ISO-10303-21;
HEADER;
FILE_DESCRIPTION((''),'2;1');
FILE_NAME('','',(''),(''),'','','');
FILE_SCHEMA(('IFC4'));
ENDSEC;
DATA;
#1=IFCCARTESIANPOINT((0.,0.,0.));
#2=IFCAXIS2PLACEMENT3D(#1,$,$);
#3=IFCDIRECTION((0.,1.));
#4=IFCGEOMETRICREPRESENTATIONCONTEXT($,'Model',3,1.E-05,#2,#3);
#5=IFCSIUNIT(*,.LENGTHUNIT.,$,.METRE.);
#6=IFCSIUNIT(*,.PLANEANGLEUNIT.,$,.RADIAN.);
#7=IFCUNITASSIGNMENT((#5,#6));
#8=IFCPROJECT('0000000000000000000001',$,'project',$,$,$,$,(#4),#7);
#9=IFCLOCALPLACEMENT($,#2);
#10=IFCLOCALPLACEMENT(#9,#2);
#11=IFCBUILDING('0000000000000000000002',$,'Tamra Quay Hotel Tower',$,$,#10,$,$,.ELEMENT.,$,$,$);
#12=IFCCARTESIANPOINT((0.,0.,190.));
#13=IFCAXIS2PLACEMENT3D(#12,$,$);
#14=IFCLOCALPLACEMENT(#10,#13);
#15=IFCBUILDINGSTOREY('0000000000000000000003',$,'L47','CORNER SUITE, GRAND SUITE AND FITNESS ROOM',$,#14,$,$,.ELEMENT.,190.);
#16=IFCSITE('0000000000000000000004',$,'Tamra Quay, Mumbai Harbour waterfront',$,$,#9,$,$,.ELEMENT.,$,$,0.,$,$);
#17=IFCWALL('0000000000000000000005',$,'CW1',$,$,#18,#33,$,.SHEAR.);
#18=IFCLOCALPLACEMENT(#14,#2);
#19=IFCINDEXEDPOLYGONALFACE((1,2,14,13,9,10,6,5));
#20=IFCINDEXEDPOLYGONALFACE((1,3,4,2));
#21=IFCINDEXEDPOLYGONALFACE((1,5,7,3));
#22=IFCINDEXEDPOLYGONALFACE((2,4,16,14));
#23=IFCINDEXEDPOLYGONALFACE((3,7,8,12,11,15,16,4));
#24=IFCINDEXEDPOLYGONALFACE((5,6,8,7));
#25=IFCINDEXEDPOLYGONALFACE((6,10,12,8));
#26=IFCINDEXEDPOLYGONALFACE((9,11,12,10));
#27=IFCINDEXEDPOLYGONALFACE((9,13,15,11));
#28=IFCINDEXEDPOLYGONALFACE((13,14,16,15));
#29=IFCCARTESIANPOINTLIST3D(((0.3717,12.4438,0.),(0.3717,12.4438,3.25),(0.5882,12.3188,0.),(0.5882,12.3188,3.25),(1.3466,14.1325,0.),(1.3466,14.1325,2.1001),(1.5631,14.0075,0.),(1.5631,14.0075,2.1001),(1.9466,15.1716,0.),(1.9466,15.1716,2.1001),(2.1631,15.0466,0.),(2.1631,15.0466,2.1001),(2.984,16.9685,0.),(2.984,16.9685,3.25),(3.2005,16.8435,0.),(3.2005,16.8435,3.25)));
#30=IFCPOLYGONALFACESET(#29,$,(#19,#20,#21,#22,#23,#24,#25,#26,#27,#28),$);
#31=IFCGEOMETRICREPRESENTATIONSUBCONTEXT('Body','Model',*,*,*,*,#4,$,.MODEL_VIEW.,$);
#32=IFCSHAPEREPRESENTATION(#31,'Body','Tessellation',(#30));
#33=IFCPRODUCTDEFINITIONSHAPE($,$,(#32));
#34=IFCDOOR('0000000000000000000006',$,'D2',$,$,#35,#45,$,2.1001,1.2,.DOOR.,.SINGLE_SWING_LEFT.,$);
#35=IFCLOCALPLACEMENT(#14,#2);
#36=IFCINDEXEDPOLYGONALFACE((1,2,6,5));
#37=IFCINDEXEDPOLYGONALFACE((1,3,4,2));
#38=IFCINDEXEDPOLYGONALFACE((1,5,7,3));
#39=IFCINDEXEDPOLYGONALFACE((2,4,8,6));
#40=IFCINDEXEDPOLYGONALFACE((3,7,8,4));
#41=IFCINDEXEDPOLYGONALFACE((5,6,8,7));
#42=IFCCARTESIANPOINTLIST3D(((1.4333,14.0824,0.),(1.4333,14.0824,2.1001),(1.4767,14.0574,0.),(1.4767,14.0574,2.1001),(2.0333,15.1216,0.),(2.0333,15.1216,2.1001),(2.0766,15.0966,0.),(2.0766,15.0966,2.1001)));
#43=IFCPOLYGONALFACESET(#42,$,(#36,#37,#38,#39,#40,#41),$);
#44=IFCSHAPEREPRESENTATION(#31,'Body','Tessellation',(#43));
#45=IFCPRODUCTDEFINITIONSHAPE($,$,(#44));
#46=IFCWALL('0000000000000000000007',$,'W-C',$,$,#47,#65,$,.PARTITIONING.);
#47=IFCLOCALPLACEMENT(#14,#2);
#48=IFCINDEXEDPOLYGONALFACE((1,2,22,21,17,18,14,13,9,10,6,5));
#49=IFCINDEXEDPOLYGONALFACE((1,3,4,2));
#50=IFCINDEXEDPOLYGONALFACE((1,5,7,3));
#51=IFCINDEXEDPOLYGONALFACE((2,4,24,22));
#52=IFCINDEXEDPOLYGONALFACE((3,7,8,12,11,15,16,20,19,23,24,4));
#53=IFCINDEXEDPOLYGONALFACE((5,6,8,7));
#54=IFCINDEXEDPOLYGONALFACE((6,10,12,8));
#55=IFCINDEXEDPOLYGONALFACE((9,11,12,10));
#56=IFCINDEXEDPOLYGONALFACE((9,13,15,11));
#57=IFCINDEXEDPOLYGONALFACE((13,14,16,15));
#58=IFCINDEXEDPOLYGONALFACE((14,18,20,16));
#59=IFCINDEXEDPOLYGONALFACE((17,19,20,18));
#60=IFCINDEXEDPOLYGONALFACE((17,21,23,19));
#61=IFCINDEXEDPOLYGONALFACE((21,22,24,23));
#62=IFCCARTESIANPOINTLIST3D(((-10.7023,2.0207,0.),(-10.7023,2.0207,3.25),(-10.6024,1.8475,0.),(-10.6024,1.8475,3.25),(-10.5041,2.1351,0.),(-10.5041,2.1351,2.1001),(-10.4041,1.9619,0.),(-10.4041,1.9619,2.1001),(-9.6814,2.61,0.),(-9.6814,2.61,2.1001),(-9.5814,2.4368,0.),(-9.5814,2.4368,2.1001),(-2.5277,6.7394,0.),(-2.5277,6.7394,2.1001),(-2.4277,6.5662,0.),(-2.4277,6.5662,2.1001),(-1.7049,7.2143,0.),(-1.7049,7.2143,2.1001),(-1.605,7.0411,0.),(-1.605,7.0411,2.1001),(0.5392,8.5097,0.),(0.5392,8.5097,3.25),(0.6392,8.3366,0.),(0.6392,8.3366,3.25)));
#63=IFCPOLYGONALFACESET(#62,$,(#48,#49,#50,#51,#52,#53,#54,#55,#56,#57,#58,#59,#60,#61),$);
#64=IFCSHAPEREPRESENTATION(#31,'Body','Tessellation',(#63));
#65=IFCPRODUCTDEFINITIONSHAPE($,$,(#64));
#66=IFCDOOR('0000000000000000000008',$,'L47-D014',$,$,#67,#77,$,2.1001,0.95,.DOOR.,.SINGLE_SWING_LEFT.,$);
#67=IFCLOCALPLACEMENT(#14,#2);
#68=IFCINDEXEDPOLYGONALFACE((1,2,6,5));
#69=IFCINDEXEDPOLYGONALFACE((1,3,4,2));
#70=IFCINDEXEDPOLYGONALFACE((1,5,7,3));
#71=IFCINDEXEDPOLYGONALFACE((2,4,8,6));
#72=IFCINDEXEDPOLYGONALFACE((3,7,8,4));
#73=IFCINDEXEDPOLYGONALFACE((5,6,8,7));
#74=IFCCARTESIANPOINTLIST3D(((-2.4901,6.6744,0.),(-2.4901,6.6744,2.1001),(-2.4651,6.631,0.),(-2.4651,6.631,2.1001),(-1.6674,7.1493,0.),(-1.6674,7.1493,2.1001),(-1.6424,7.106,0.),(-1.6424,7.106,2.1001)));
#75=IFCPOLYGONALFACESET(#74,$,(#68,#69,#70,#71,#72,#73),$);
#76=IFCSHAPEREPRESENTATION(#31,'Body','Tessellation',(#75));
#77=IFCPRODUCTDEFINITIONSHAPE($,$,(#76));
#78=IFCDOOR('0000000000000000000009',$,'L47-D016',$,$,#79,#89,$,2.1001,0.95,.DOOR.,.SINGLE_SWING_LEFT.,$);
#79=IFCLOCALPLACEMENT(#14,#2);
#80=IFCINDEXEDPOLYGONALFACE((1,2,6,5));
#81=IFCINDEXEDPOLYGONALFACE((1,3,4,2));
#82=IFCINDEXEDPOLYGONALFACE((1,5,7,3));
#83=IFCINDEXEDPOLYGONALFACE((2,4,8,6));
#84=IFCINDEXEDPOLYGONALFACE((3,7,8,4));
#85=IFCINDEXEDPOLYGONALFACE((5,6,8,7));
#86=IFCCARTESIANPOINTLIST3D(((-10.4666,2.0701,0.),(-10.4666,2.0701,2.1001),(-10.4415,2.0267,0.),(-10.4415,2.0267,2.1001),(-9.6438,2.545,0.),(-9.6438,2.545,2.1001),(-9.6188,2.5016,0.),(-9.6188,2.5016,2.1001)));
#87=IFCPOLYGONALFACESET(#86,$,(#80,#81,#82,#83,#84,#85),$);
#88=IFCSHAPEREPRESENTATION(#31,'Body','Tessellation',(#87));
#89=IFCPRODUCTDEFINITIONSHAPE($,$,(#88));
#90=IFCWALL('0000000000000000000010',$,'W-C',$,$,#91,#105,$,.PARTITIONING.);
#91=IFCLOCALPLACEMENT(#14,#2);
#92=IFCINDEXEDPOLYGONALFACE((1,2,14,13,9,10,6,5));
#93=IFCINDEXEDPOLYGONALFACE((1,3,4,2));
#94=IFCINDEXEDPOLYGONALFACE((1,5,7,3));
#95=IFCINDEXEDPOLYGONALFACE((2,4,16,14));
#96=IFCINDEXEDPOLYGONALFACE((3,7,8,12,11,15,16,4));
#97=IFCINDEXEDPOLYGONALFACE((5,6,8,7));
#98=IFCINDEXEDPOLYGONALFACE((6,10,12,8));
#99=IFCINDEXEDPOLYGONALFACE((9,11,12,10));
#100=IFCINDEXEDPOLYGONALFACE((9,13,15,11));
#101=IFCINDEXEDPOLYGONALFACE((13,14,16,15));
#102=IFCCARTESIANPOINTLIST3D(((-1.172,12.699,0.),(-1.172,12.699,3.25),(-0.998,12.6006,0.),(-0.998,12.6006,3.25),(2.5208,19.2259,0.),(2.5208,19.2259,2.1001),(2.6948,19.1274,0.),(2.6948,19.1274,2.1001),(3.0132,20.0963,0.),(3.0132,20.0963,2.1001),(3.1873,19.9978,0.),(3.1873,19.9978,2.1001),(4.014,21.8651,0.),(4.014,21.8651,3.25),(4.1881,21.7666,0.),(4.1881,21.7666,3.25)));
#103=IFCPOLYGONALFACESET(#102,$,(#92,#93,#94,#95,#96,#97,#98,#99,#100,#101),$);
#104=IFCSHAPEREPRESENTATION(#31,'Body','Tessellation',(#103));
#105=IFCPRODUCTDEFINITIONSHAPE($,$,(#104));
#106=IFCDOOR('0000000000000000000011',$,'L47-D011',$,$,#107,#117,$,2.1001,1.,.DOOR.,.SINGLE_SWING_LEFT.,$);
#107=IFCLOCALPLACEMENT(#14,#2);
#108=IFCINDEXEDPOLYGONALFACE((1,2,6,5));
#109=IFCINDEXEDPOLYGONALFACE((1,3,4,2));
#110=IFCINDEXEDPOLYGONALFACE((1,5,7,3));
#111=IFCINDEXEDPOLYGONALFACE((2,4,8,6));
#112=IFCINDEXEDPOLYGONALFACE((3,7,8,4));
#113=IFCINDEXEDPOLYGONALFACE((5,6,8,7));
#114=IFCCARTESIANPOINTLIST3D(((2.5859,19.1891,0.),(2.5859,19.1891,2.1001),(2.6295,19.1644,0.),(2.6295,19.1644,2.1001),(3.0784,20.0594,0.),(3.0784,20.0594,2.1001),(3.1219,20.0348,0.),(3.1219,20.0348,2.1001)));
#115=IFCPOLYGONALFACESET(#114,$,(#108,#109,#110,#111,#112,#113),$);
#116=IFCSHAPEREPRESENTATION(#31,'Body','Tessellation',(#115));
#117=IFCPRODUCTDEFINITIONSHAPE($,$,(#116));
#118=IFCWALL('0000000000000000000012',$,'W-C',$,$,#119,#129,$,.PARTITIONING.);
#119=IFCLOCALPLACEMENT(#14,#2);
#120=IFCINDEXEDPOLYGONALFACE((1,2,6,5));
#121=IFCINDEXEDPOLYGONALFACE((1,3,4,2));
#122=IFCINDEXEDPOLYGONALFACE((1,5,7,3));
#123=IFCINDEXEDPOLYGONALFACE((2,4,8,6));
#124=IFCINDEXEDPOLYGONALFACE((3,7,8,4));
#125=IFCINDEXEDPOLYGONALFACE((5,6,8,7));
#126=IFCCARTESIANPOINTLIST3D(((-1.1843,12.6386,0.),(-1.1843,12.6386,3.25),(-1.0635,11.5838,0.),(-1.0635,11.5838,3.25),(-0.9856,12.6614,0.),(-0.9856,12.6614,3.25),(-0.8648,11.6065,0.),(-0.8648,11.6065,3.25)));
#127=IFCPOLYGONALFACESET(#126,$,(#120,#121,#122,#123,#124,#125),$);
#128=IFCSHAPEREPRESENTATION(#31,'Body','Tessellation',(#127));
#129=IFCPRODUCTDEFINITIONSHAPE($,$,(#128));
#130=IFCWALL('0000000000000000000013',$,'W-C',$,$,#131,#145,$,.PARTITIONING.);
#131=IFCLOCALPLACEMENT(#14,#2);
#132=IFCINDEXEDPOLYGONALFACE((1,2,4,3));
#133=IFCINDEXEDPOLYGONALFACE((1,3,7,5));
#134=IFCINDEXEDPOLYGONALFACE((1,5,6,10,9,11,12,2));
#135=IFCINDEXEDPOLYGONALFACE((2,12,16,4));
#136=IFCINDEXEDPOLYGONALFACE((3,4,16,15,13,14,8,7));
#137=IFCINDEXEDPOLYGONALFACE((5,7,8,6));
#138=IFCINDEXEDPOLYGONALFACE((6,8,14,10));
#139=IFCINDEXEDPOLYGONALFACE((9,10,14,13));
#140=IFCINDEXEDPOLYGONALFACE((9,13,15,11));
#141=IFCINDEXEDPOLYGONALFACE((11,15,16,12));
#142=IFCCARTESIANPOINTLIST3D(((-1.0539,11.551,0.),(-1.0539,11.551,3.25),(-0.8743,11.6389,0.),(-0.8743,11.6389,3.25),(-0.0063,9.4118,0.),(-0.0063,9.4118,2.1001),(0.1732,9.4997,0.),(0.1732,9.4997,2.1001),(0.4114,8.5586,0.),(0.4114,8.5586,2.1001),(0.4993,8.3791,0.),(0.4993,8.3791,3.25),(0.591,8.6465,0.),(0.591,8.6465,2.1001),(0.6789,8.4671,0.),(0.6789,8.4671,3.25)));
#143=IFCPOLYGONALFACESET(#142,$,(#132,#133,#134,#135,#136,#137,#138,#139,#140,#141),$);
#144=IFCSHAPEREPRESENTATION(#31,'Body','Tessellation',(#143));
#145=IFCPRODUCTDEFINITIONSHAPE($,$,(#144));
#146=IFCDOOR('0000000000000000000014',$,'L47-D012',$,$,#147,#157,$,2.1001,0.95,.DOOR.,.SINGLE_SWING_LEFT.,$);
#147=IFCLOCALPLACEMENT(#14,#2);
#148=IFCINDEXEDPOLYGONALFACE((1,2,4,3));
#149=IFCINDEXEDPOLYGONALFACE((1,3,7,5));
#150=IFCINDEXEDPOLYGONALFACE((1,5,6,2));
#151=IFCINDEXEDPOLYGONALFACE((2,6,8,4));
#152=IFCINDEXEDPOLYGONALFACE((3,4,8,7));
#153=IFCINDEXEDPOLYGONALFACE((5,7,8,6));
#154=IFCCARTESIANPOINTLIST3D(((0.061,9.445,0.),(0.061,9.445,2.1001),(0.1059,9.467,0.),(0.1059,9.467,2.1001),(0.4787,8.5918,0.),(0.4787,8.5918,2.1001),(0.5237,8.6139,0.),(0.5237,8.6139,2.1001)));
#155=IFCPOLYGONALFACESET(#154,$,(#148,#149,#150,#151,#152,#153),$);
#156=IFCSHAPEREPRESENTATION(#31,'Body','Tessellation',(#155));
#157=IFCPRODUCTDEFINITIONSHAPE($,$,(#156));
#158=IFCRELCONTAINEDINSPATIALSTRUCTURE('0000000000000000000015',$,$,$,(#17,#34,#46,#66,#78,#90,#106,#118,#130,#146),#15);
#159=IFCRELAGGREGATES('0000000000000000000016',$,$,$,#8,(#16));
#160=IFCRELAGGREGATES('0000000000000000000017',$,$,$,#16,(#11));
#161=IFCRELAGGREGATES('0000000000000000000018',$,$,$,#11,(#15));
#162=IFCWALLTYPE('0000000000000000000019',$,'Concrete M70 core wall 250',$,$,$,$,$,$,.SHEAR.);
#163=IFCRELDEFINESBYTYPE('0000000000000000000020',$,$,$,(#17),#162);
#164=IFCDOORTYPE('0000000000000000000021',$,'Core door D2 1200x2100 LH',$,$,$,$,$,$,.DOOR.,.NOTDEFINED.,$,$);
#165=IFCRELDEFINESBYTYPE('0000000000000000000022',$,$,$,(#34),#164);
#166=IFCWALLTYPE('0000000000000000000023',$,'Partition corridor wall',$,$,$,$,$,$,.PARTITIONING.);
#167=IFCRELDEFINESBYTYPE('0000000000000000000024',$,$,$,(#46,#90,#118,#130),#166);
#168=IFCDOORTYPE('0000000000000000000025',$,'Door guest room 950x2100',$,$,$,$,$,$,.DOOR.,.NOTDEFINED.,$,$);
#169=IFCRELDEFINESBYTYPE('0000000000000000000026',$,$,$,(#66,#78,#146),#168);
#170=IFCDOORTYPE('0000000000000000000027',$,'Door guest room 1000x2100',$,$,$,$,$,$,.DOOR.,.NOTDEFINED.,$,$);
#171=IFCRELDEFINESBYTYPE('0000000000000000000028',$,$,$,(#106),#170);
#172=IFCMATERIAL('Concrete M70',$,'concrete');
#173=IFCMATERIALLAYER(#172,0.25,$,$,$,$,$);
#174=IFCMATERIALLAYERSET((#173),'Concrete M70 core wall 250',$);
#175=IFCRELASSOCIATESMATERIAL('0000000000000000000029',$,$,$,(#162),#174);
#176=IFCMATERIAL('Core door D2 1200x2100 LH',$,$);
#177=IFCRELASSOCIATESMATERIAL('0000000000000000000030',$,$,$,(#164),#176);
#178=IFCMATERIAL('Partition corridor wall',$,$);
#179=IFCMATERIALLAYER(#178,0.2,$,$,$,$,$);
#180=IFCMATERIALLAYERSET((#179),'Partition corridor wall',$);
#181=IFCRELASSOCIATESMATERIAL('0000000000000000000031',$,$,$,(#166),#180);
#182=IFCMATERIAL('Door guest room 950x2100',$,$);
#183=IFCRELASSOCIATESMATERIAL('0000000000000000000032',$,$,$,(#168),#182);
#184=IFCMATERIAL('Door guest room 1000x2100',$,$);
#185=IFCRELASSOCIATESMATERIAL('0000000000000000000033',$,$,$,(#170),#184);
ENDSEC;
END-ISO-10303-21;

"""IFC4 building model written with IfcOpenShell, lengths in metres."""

from ifc_helpers import new_model, si_unit, direction, frame, frame_2d, origin, place, context, subcontext, project, spatial, rectangle, extrude, material, layer, layer_set, type_object, element, fill, save


model = new_model("IFC4")

# Units and contexts
model_context = context("Model", 3, precision=1e-05, world=origin(), true_north=direction((0.0, 1.0)))
body_context = subcontext(model_context, "Body", "Model", "MODEL_VIEW")
ifc_project = project(units=[si_unit("LENGTHUNIT", "METRE"), si_unit("PLANEANGLEUNIT", "RADIAN")], contexts=[model_context])

# Site, building, storey
site_placement = place(None, origin())
site = spatial("IfcSite", under=ifc_project, at=site_placement, Name="Tamra Quay, Mumbai Harbour waterfront", CompositionType="ELEMENT", RefElevation=0.0)
building_placement = place(site_placement, origin())
building = spatial("IfcBuilding", under=site, at=building_placement, Name="Tamra Quay Hotel Tower", CompositionType="ELEMENT")
storey_placement = place(building_placement, frame((0.0, 0.0, 190.0)))
storey = spatial("IfcBuildingStorey", under=building, at=storey_placement, Name="L47", Description="CORNER SUITE, GRAND SUITE AND FITNESS ROOM", CompositionType="ELEMENT", Elevation=190.0)

# Shared definitions
ifc_material_1 = material(Name="Concrete M70", Category="concrete")

# Shared definitions
ifc_layer_1 = layer(ifc_material_1, 0.25)
ifc_layer_set_1 = layer_set([ifc_layer_1], Name="Concrete M70 core wall 250")
wall_type_1 = type_object("IfcWallType", Name="Concrete M70 core wall 250", PredefinedType="SHEAR", material=ifc_layer_set_1)

# Wall, opening, door
wall_1_placement = place(storey_placement, frame((0.48, 12.3813, 0.0), z_axis=(0.0, 0.0, 1.0), x_axis=(0.499999, 0.866026, 0.0)))
wall_1 = element("IfcWall", 1, at=wall_1_placement, inside=storey, type_object=wall_type_1, Name="CW1", PredefinedType="SHEAR", context=body_context, shape_type="SweptSolid", body=[
    extrude(rectangle(XDim=5.2246, YDim=0.25, at=frame_2d((2.6123, 0.0))), origin(), (0.0, 0.0, 1.0), 3.25),
])
opening_1_placement = place(wall_1_placement, frame((1.9497, 0.0, 0.0)))
opening_1 = element("IfcOpeningElement", 2, at=opening_1_placement, cuts=wall_1, PredefinedType="OPENING", context=body_context, shape_type="SweptSolid", body=[
    extrude(rectangle(XDim=1.2, YDim=2.1001, at=frame_2d((0.6001, 1.05))), frame((0.0, 0.135, 0.0), z_axis=(0.0, -1.0, 0.0), x_axis=(1.0, 0.0, 0.0)), (0.0, 0.0, 1.0), 0.27),
])
ifc_material_2 = material(Name="Core door D2 1200x2100 LH")
door_type_1 = type_object("IfcDoorType", Name="Core door D2 1200x2100 LH", OperationType="NOTDEFINED", PredefinedType="DOOR", material=ifc_material_2)
door_1_placement = place(opening_1_placement, origin())
door_1 = element("IfcDoor", 3, at=door_1_placement, inside=storey, type_object=door_type_1, Name="D2", OperationType="SINGLE_SWING_LEFT", OverallHeight=2.1001, OverallWidth=1.2, PredefinedType="DOOR", context=body_context, shape_type="SweptSolid", body=[
    extrude(rectangle(XDim=1.2, YDim=2.1001, at=frame_2d((0.6001, 1.05))), frame((0.0, 0.0249, 0.0), z_axis=(0.0, -1.0, 0.0), x_axis=(1.0, 0.0, 0.0)), (0.0, 0.0, 1.0), 0.05),
])
fill(opening_1, door_1)

# Wall, openings, doors
ifc_material_3 = material(Name="Partition corridor wall")
ifc_layer_2 = layer(ifc_material_3, 0.2)
ifc_layer_set_2 = layer_set([ifc_layer_2], Name="Partition corridor wall")
wall_type_2 = type_object("IfcWallType", Name="Partition corridor wall", PredefinedType="PARTITIONING", material=ifc_layer_set_2)
wall_2_placement = place(storey_placement, frame((-10.6523, 1.9341, 0.0), z_axis=(0.0, 0.0, 1.0), x_axis=(0.866067, 0.499928, 0.0)))
wall_2 = element("IfcWall", 4, at=wall_2_placement, inside=storey, type_object=wall_type_2, Name="W-C", PredefinedType="PARTITIONING", context=body_context, shape_type="SweptSolid", body=[
    extrude(rectangle(XDim=12.98, YDim=0.2, at=frame_2d((6.49, 0.0))), origin(), (0.0, 0.0, 1.0), 3.25),
])
opening_2_placement = place(wall_2_placement, frame((9.4387, 0.0, 0.0)))
opening_2 = element("IfcOpeningElement", 5, at=opening_2_placement, cuts=wall_2, PredefinedType="OPENING", context=body_context, shape_type="SweptSolid", body=[
    extrude(rectangle(XDim=0.95, YDim=2.1001, at=frame_2d((0.4751, 1.05))), frame((0.0, 0.1099, 0.0), z_axis=(0.0, -1.0, 0.0), x_axis=(1.0, 0.0, 0.0)), (0.0, 0.0, 1.0), 0.22),
])
opening_3_placement = place(wall_2_placement, frame((0.2288, 0.0, 0.0)))
opening_3 = element("IfcOpeningElement", 6, at=opening_3_placement, cuts=wall_2, PredefinedType="OPENING", context=body_context, shape_type="SweptSolid", body=[
    extrude(rectangle(XDim=0.95, YDim=2.1001, at=frame_2d((0.4751, 1.05))), frame((0.0, 0.1099, 0.0), z_axis=(0.0, -1.0, 0.0), x_axis=(1.0, 0.0, 0.0)), (0.0, 0.0, 1.0), 0.22),
])
ifc_material_4 = material(Name="Door guest room 950x2100")
door_type_2 = type_object("IfcDoorType", Name="Door guest room 950x2100", OperationType="NOTDEFINED", PredefinedType="DOOR", material=ifc_material_4)
door_2_placement = place(opening_2_placement, origin())
door_2 = element("IfcDoor", 7, at=door_2_placement, inside=storey, type_object=door_type_2, Name="L47-D014", OperationType="SINGLE_SWING_LEFT", OverallHeight=2.1001, OverallWidth=0.95, PredefinedType="DOOR", context=body_context, shape_type="SweptSolid", body=[
    extrude(rectangle(XDim=0.95, YDim=2.1001, at=frame_2d((0.4751, 1.05))), frame((0.0, 0.0249, 0.0), z_axis=(0.0, -1.0, 0.0), x_axis=(1.0, 0.0, 0.0)), (0.0, 0.0, 1.0), 0.05),
])
fill(opening_2, door_2)
door_3_placement = place(opening_3_placement, origin())
door_3 = element("IfcDoor", 8, at=door_3_placement, inside=storey, type_object=door_type_2, Name="L47-D016", OperationType="SINGLE_SWING_LEFT", OverallHeight=2.1001, OverallWidth=0.95, PredefinedType="DOOR", context=body_context, shape_type="SweptSolid", body=[
    extrude(rectangle(XDim=0.95, YDim=2.1001, at=frame_2d((0.4751, 1.05))), frame((0.0, 0.0249, 0.0), z_axis=(0.0, -1.0, 0.0), x_axis=(1.0, 0.0, 0.0)), (0.0, 0.0, 1.0), 0.05),
])
fill(opening_3, door_3)

# Wall, opening, door
wall_3_placement = place(storey_placement, frame((-1.085, 12.6499, 0.0), z_axis=(0.0, 0.0, 1.0), x_axis=(0.492435, 0.870349, 0.0)))
wall_3 = element("IfcWall", 9, at=wall_3_placement, inside=storey, type_object=wall_type_2, Name="W-C", PredefinedType="PARTITIONING", context=body_context, shape_type="SweptSolid", body=[
    extrude(rectangle(XDim=10.5315, YDim=0.2, at=frame_2d((5.2656, 0.0))), origin(), (0.0, 0.0, 1.0), 3.25),
])
opening_4_placement = place(wall_3_placement, frame((7.499, 0.0, 0.0)))
opening_4 = element("IfcOpeningElement", 10, at=opening_4_placement, cuts=wall_3, PredefinedType="OPENING", context=body_context, shape_type="SweptSolid", body=[
    extrude(rectangle(XDim=1.0, YDim=2.1001, at=frame_2d((0.5, 1.05))), frame((0.0, 0.1099, 0.0), z_axis=(0.0, -1.0, 0.0), x_axis=(1.0, 0.0, 0.0)), (0.0, 0.0, 1.0), 0.22),
])
ifc_material_5 = material(Name="Door guest room 1000x2100")
door_type_3 = type_object("IfcDoorType", Name="Door guest room 1000x2100", OperationType="NOTDEFINED", PredefinedType="DOOR", material=ifc_material_5)
door_4_placement = place(opening_4_placement, frame((1.0, 0.0, 0.0), z_axis=(0.0, 0.0, 1.0), x_axis=(-1.0, 0.0, 0.0)))
door_4 = element("IfcDoor", 11, at=door_4_placement, inside=storey, type_object=door_type_3, Name="L47-D011", OperationType="SINGLE_SWING_LEFT", OverallHeight=2.1001, OverallWidth=1.0, PredefinedType="DOOR", context=body_context, shape_type="SweptSolid", body=[
    extrude(rectangle(XDim=1.0, YDim=2.1001, at=frame_2d((0.5, 1.05))), frame((0.0, 0.0249, 0.0), z_axis=(0.0, -1.0, 0.0), x_axis=(1.0, 0.0, 0.0)), (0.0, 0.0, 1.0), 0.05),
])
fill(opening_4, door_4)

# Wall
wall_4_placement = place(storey_placement, frame((-1.085, 12.6499, 0.0), z_axis=(0.0, 0.0, 1.0), x_axis=(0.113812, -0.993502, 0.0)))
element("IfcWall", 12, at=wall_4_placement, inside=storey, type_object=wall_type_2, Name="W-C", PredefinedType="PARTITIONING", context=body_context, shape_type="SweptSolid", body=[
    extrude(rectangle(XDim=1.0618, YDim=0.2, at=frame_2d((0.5308, 0.0))), origin(), (0.0, 0.0, 1.0), 3.25),
])

# Wall, opening, door
wall_5_placement = place(storey_placement, frame((-0.9641, 11.595, 0.0), z_axis=(0.0, 0.0, 1.0), x_axis=(0.439788, -0.898102, 0.0)))
wall_5 = element("IfcWall", 13, at=wall_5_placement, inside=storey, type_object=wall_type_2, Name="W-C", PredefinedType="PARTITIONING", context=body_context, shape_type="SweptSolid", body=[
    extrude(rectangle(XDim=3.5317, YDim=0.2, at=frame_2d((1.7659, 0.0))), origin(), (0.0, 0.0, 1.0), 3.25),
])
opening_5_placement = place(wall_5_placement, frame((2.3818, 0.0, 0.0)))
opening_5 = element("IfcOpeningElement", 14, at=opening_5_placement, cuts=wall_5, PredefinedType="OPENING", context=body_context, shape_type="SweptSolid", body=[
    extrude(rectangle(XDim=0.95, YDim=2.1001, at=frame_2d((0.4751, 1.05))), frame((0.0, 0.1099, 0.0), z_axis=(0.0, -1.0, 0.0), x_axis=(1.0, 0.0, 0.0)), (0.0, 0.0, 1.0), 0.22),
])
door_5_placement = place(opening_5_placement, frame((0.95, 0.0, 0.0), z_axis=(0.0, 0.0, 1.0), x_axis=(-1.0, 0.0, 0.0)))
door_5 = element("IfcDoor", 15, at=door_5_placement, inside=storey, type_object=door_type_2, Name="L47-D012", OperationType="SINGLE_SWING_LEFT", OverallHeight=2.1001, OverallWidth=0.95, PredefinedType="DOOR", context=body_context, shape_type="SweptSolid", body=[
    extrude(rectangle(XDim=0.95, YDim=2.1001, at=frame_2d((0.4751, 1.05))), frame((0.0, 0.0249, 0.0), z_axis=(0.0, -1.0, 0.0), x_axis=(1.0, 0.0, 0.0)), (0.0, 0.0, 1.0), 0.05),
])
fill(opening_5, door_5)

save(model, "model.ifc")
